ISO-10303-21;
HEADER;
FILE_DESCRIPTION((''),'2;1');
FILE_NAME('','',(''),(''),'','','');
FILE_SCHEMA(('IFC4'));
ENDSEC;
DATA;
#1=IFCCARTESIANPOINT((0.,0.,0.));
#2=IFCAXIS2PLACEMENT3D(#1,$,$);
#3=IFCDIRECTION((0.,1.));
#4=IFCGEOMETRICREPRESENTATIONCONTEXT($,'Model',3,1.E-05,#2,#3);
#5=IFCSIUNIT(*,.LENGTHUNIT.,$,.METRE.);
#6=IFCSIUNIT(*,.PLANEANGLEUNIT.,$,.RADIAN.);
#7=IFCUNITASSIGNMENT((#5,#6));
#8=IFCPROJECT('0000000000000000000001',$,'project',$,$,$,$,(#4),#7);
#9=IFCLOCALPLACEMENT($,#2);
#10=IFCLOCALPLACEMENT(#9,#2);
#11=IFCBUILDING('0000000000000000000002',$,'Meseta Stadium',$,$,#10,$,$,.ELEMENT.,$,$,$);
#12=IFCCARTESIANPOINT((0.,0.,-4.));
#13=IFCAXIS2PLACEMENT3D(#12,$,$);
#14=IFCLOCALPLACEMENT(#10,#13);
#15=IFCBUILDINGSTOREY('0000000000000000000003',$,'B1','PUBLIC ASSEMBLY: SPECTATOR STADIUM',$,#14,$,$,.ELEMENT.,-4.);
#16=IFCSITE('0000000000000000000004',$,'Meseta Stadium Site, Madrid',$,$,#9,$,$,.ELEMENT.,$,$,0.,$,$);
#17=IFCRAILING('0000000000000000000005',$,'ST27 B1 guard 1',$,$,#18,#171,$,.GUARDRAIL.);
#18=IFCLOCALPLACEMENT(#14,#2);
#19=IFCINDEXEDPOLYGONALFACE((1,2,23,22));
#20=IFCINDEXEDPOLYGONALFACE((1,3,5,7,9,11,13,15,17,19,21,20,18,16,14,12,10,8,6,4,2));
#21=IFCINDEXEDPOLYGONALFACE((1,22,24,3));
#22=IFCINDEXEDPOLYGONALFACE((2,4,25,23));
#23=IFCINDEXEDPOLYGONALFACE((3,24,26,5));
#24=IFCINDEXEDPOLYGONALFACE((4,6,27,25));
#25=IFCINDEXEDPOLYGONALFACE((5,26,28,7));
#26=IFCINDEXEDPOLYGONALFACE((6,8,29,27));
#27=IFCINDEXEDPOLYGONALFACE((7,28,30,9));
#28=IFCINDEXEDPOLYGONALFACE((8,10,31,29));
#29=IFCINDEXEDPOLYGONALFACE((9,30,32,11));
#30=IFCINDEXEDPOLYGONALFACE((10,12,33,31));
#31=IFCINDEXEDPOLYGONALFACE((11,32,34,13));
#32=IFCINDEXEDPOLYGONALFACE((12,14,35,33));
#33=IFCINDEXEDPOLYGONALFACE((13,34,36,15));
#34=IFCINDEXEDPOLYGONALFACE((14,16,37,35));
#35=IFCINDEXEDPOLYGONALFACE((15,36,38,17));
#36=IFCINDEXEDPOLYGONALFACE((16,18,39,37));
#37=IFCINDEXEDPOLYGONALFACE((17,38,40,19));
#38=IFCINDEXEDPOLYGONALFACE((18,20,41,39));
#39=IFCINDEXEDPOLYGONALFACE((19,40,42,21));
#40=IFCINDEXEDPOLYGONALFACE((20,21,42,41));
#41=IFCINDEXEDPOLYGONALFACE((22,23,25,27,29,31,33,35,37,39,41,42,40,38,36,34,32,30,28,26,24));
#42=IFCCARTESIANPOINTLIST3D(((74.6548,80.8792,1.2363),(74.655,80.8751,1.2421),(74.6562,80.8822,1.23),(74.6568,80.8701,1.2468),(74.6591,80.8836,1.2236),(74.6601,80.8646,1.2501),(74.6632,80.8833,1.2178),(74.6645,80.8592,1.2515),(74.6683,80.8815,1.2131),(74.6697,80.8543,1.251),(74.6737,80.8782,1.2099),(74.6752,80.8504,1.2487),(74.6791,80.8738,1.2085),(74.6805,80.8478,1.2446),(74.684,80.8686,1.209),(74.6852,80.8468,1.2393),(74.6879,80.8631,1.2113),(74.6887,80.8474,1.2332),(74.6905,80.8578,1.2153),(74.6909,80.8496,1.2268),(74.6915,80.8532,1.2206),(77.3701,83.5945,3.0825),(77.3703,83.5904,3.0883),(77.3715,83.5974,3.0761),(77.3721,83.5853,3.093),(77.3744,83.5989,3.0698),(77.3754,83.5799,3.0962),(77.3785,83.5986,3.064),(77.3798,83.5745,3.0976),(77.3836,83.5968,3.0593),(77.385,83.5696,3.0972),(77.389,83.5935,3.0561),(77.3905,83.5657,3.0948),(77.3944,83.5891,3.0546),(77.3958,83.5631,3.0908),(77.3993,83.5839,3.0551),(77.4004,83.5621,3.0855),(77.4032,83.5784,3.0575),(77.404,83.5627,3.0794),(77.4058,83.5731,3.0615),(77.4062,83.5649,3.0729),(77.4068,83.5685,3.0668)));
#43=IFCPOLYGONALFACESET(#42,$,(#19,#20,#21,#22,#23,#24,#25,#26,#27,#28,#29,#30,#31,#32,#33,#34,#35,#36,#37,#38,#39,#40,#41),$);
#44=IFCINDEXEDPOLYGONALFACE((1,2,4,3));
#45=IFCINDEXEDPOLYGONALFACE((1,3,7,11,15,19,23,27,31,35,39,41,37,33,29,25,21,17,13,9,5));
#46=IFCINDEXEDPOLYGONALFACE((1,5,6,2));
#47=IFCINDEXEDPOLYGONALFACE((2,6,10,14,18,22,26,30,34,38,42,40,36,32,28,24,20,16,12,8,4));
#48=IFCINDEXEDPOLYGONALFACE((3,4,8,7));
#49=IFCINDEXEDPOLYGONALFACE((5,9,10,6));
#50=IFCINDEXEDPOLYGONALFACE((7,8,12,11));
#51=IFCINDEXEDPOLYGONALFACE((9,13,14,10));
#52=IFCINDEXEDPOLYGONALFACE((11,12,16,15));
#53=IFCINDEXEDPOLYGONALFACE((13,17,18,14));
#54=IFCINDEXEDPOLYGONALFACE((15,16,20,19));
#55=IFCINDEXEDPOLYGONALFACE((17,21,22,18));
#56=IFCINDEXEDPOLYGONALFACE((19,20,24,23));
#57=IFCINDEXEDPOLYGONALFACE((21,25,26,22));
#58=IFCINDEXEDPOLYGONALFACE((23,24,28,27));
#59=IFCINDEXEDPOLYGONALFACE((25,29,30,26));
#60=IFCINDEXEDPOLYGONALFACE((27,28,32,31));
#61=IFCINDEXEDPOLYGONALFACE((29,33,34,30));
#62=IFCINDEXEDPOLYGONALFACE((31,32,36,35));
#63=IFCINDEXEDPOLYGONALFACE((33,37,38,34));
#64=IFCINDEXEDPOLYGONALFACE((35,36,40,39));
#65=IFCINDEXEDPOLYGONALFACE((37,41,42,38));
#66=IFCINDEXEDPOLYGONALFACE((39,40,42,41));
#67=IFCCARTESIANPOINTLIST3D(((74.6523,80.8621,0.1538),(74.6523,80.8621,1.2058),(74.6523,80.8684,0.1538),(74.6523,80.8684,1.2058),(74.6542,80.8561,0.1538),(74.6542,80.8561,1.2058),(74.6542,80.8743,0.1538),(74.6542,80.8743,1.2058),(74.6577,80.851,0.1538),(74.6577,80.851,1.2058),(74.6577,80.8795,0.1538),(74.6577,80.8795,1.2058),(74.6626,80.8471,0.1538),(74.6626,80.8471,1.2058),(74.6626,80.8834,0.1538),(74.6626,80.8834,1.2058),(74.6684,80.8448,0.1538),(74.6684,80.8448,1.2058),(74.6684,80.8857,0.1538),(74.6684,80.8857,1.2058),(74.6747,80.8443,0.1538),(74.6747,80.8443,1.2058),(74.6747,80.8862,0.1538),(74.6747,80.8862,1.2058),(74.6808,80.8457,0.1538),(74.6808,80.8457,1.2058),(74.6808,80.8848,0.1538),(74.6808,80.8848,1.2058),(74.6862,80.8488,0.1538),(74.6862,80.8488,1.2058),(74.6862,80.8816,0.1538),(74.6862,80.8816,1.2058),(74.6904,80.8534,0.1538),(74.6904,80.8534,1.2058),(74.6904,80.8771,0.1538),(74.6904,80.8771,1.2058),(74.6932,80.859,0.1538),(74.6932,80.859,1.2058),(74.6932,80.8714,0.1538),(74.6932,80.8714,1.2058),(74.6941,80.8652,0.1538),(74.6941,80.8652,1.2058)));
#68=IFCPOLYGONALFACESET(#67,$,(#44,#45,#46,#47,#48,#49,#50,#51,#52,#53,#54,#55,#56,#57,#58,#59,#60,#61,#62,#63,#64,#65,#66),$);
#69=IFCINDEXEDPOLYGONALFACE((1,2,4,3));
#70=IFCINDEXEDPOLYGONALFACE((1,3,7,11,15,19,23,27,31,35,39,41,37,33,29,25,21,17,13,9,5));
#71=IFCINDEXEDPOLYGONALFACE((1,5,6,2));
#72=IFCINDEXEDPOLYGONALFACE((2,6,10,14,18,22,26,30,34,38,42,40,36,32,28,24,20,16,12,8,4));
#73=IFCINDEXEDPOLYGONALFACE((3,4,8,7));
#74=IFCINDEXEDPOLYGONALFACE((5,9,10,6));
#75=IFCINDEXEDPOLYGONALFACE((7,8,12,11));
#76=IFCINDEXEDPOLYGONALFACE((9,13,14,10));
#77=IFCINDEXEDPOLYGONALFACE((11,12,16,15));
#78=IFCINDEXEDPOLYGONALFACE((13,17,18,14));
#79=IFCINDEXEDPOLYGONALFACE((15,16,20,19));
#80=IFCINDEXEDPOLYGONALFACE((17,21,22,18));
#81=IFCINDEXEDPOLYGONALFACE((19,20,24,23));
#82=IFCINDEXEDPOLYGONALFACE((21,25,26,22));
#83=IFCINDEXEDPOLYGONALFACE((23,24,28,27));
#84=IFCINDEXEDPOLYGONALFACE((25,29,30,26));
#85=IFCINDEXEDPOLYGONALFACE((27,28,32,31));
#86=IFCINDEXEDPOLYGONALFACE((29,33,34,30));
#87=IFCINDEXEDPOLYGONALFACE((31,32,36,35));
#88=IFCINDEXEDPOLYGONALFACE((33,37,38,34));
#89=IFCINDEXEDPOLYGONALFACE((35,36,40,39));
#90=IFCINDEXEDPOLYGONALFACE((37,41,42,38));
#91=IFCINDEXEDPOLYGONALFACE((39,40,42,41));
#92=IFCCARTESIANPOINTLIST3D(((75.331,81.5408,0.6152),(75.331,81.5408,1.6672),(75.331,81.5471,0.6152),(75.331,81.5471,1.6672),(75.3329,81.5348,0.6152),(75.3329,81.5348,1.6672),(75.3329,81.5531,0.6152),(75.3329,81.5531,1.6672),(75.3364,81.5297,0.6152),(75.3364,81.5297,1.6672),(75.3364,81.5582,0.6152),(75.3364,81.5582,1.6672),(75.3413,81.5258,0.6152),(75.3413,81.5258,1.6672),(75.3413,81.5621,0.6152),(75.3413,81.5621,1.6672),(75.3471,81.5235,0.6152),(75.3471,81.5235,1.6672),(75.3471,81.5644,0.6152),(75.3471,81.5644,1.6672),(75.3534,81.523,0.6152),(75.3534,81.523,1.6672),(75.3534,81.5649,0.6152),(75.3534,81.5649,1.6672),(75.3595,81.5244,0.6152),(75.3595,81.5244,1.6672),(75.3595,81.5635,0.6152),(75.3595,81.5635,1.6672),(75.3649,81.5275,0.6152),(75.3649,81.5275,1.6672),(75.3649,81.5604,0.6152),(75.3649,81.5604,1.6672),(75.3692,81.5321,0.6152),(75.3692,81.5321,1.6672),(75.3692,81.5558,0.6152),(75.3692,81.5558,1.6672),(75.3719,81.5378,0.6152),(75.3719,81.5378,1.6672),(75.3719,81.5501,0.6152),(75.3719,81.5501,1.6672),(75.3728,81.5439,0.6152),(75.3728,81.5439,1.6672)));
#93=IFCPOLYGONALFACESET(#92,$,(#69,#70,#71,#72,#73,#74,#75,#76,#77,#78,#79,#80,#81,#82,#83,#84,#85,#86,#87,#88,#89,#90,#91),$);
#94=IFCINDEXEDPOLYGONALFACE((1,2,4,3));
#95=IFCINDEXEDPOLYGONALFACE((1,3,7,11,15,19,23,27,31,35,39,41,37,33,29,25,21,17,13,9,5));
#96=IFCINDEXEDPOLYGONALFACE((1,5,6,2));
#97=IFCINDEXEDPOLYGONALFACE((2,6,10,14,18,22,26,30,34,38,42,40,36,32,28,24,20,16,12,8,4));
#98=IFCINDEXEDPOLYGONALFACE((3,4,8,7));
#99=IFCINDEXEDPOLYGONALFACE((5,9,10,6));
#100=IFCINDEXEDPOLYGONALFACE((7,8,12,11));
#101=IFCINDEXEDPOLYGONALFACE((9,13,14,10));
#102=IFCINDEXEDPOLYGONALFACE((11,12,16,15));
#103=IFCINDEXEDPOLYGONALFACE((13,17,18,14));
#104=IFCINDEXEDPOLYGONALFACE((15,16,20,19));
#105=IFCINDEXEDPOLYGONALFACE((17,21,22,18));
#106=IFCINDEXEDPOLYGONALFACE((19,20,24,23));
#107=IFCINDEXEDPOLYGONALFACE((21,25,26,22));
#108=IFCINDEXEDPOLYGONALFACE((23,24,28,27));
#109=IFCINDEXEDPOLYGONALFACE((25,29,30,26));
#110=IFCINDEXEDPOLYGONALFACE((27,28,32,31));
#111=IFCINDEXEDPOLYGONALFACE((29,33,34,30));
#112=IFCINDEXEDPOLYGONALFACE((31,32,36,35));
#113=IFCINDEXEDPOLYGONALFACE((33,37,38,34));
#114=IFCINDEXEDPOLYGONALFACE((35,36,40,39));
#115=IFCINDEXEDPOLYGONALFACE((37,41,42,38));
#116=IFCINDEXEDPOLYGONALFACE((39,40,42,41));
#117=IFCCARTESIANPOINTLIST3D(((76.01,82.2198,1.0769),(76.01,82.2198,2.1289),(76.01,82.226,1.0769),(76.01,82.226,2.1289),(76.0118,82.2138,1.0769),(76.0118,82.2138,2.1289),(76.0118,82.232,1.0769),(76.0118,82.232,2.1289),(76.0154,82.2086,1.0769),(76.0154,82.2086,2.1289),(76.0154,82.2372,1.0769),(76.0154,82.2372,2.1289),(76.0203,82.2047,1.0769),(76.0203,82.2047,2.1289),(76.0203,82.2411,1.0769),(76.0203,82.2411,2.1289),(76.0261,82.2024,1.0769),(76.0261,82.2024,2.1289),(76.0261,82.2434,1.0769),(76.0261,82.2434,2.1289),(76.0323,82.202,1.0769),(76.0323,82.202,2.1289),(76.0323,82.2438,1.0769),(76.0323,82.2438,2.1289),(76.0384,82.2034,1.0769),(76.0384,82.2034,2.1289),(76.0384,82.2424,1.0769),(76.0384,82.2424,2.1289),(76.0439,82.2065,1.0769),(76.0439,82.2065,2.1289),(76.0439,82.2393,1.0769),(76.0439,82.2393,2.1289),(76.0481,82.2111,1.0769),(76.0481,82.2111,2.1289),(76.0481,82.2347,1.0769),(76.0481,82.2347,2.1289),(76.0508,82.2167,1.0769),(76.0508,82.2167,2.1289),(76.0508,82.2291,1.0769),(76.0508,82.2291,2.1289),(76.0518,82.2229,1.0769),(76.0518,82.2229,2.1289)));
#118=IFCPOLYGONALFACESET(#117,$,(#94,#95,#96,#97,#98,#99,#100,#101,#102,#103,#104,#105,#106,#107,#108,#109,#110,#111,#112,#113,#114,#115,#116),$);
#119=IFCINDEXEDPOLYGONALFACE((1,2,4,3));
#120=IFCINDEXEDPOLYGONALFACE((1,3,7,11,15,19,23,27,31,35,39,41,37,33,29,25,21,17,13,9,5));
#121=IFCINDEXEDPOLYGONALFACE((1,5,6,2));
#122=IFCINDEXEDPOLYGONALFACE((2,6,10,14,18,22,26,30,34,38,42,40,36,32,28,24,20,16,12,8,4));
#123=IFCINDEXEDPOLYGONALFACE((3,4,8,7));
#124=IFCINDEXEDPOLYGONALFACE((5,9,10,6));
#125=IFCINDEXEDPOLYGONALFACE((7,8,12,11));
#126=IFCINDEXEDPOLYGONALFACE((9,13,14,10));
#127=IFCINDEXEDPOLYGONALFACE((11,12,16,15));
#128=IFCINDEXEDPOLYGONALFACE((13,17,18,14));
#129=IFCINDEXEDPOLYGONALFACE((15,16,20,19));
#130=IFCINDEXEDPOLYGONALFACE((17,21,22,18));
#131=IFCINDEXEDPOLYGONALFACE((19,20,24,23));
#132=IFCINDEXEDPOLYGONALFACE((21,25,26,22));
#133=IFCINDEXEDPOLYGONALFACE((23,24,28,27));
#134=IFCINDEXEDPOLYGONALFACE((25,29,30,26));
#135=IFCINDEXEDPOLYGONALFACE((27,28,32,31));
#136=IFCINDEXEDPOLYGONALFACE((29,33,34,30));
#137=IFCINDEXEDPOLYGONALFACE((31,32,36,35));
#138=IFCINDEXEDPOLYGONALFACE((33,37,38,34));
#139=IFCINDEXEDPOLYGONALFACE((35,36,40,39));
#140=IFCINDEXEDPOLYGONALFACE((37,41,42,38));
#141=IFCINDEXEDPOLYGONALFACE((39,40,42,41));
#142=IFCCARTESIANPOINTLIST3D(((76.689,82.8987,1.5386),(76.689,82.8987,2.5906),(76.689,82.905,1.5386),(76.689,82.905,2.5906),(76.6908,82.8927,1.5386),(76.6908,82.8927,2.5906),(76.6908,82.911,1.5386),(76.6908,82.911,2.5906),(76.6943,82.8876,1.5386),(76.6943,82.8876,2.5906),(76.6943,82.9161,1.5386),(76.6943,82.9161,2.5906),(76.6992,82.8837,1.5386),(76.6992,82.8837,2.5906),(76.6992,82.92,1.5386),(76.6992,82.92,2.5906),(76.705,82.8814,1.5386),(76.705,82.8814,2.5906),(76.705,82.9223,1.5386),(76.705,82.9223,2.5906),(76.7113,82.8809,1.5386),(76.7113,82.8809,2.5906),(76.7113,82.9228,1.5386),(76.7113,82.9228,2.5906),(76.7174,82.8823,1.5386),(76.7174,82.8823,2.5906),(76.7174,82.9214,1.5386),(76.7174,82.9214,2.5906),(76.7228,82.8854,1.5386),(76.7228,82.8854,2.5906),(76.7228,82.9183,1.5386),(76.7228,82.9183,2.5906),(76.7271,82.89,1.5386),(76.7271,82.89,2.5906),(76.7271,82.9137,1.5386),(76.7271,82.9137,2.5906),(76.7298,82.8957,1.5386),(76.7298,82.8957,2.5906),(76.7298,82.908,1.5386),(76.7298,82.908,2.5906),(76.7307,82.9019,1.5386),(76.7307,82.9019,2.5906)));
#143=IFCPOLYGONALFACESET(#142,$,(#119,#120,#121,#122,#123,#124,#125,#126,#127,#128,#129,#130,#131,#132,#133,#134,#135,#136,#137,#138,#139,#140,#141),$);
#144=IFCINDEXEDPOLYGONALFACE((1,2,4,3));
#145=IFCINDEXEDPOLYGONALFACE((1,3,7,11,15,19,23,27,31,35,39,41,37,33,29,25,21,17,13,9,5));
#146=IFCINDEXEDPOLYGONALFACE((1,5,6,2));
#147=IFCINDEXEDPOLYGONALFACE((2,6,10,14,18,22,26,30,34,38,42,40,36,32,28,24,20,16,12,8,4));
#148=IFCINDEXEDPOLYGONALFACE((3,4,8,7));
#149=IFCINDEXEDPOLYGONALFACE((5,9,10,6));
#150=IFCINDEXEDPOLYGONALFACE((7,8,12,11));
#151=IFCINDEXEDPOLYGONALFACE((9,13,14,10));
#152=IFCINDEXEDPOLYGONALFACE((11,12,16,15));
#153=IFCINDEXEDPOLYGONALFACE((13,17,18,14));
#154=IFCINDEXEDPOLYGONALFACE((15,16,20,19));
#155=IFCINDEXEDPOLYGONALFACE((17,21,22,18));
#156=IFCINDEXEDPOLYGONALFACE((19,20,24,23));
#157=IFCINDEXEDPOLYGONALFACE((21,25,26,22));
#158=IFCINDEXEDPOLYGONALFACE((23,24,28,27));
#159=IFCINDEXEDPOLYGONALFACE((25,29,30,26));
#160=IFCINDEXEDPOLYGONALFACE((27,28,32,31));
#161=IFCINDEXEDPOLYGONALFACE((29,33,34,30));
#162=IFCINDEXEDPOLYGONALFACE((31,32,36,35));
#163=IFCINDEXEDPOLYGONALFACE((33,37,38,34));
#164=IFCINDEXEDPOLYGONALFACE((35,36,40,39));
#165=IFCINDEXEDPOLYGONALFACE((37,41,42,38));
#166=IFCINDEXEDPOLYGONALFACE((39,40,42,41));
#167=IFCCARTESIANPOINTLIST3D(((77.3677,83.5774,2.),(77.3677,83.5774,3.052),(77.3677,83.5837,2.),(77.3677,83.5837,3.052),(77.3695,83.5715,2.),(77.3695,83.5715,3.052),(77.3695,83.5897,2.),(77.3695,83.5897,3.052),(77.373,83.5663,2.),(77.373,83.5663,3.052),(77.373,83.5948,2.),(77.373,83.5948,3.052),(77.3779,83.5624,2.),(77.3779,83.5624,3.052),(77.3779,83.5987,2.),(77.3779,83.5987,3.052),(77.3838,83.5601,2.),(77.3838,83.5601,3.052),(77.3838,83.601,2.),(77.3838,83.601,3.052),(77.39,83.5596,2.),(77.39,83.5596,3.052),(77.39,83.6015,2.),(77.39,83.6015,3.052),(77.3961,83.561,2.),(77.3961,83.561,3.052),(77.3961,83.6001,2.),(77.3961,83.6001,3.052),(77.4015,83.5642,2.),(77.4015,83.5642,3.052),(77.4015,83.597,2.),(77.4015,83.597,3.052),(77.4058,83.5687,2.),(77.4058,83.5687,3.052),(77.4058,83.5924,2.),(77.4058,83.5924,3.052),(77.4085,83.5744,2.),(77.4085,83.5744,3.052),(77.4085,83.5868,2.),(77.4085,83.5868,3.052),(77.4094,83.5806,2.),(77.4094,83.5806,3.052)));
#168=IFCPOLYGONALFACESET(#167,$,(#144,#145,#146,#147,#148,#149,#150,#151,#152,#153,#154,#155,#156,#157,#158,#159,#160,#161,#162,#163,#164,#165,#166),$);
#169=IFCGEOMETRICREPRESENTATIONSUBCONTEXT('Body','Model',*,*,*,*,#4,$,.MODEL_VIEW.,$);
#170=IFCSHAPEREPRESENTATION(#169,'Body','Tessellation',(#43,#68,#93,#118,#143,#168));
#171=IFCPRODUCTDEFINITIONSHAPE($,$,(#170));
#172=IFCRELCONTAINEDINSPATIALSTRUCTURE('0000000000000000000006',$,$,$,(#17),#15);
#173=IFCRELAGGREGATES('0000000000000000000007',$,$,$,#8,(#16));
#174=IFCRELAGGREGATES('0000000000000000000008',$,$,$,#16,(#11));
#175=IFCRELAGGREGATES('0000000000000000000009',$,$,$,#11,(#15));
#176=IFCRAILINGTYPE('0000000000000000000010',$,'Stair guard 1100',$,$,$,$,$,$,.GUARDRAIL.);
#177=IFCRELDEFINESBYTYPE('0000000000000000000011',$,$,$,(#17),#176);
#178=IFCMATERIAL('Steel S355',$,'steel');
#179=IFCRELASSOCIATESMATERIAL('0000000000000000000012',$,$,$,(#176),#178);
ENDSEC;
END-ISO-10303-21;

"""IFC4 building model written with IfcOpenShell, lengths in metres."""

from ifc_helpers import new_model, si_unit, direction, frame, origin, origin_2d, place, context, subcontext, project, spatial, circle, extrude, material, type_object, element, save


model = new_model("IFC4")

# Units and contexts
model_context = context("Model", 3, precision=1e-05, world=origin(), true_north=direction((0.0, 1.0)))
body_context = subcontext(model_context, "Body", "Model", "MODEL_VIEW")
ifc_project = project(units=[si_unit("LENGTHUNIT", "METRE"), si_unit("PLANEANGLEUNIT", "RADIAN")], contexts=[model_context])

# Site, building, storey
site_placement = place(None, origin())
site = spatial("IfcSite", under=ifc_project, at=site_placement, Name="Meseta Stadium Site, Madrid", CompositionType="ELEMENT", RefElevation=0.0)
building_placement = place(site_placement, origin())
building = spatial("IfcBuilding", under=site, at=building_placement, Name="Meseta Stadium", CompositionType="ELEMENT")
storey_placement = place(building_placement, frame((0.0, 0.0, -4.0)))
storey = spatial("IfcBuildingStorey", under=building, at=storey_placement, Name="B1", Description="PUBLIC ASSEMBLY: SPECTATOR STADIUM", CompositionType="ELEMENT", Elevation=-4.0)

# Railing
ifc_material_1 = material(Name="Steel S355", Category="steel")
railing_type_1 = type_object("IfcRailingType", Name="Stair guard 1100", PredefinedType="GUARDRAIL", material=ifc_material_1)
railing_1_placement = place(storey_placement, frame((74.6731, 80.8652, 0.1538)))
element("IfcRailing", 1, at=railing_1_placement, inside=storey, type_object=railing_type_1, Name="ST27 B1 guard 1", PredefinedType="GUARDRAIL", context=body_context, shape_type="SweptSolid", body=[
    extrude(circle(Radius=0.0239, at=origin_2d()), frame((0.0, 0.0, 1.0762), z_axis=(0.637281, 0.637281, 0.433296), x_axis=(-0.707107, 0.707107, 0.0)), (0.0, 0.0, 1.0), 4.2607),
    extrude(circle(Radius=0.021, at=origin_2d()), origin(), (0.0, 0.0, 1.0), 1.052),
    extrude(circle(Radius=0.021, at=origin_2d()), frame((0.6787, 0.6787, 0.4614)), (0.0, 0.0, 1.0), 1.052),
    extrude(circle(Radius=0.021, at=origin_2d()), frame((1.3577, 1.3577, 0.9231)), (0.0, 0.0, 1.0), 1.052),
    extrude(circle(Radius=0.021, at=origin_2d()), frame((2.0366, 2.0366, 1.3848)), (0.0, 0.0, 1.0), 1.052),
    extrude(circle(Radius=0.021, at=origin_2d()), frame((2.7153, 2.7153, 1.8462)), (0.0, 0.0, 1.0), 1.052),
])

save(model, "model.ifc")
